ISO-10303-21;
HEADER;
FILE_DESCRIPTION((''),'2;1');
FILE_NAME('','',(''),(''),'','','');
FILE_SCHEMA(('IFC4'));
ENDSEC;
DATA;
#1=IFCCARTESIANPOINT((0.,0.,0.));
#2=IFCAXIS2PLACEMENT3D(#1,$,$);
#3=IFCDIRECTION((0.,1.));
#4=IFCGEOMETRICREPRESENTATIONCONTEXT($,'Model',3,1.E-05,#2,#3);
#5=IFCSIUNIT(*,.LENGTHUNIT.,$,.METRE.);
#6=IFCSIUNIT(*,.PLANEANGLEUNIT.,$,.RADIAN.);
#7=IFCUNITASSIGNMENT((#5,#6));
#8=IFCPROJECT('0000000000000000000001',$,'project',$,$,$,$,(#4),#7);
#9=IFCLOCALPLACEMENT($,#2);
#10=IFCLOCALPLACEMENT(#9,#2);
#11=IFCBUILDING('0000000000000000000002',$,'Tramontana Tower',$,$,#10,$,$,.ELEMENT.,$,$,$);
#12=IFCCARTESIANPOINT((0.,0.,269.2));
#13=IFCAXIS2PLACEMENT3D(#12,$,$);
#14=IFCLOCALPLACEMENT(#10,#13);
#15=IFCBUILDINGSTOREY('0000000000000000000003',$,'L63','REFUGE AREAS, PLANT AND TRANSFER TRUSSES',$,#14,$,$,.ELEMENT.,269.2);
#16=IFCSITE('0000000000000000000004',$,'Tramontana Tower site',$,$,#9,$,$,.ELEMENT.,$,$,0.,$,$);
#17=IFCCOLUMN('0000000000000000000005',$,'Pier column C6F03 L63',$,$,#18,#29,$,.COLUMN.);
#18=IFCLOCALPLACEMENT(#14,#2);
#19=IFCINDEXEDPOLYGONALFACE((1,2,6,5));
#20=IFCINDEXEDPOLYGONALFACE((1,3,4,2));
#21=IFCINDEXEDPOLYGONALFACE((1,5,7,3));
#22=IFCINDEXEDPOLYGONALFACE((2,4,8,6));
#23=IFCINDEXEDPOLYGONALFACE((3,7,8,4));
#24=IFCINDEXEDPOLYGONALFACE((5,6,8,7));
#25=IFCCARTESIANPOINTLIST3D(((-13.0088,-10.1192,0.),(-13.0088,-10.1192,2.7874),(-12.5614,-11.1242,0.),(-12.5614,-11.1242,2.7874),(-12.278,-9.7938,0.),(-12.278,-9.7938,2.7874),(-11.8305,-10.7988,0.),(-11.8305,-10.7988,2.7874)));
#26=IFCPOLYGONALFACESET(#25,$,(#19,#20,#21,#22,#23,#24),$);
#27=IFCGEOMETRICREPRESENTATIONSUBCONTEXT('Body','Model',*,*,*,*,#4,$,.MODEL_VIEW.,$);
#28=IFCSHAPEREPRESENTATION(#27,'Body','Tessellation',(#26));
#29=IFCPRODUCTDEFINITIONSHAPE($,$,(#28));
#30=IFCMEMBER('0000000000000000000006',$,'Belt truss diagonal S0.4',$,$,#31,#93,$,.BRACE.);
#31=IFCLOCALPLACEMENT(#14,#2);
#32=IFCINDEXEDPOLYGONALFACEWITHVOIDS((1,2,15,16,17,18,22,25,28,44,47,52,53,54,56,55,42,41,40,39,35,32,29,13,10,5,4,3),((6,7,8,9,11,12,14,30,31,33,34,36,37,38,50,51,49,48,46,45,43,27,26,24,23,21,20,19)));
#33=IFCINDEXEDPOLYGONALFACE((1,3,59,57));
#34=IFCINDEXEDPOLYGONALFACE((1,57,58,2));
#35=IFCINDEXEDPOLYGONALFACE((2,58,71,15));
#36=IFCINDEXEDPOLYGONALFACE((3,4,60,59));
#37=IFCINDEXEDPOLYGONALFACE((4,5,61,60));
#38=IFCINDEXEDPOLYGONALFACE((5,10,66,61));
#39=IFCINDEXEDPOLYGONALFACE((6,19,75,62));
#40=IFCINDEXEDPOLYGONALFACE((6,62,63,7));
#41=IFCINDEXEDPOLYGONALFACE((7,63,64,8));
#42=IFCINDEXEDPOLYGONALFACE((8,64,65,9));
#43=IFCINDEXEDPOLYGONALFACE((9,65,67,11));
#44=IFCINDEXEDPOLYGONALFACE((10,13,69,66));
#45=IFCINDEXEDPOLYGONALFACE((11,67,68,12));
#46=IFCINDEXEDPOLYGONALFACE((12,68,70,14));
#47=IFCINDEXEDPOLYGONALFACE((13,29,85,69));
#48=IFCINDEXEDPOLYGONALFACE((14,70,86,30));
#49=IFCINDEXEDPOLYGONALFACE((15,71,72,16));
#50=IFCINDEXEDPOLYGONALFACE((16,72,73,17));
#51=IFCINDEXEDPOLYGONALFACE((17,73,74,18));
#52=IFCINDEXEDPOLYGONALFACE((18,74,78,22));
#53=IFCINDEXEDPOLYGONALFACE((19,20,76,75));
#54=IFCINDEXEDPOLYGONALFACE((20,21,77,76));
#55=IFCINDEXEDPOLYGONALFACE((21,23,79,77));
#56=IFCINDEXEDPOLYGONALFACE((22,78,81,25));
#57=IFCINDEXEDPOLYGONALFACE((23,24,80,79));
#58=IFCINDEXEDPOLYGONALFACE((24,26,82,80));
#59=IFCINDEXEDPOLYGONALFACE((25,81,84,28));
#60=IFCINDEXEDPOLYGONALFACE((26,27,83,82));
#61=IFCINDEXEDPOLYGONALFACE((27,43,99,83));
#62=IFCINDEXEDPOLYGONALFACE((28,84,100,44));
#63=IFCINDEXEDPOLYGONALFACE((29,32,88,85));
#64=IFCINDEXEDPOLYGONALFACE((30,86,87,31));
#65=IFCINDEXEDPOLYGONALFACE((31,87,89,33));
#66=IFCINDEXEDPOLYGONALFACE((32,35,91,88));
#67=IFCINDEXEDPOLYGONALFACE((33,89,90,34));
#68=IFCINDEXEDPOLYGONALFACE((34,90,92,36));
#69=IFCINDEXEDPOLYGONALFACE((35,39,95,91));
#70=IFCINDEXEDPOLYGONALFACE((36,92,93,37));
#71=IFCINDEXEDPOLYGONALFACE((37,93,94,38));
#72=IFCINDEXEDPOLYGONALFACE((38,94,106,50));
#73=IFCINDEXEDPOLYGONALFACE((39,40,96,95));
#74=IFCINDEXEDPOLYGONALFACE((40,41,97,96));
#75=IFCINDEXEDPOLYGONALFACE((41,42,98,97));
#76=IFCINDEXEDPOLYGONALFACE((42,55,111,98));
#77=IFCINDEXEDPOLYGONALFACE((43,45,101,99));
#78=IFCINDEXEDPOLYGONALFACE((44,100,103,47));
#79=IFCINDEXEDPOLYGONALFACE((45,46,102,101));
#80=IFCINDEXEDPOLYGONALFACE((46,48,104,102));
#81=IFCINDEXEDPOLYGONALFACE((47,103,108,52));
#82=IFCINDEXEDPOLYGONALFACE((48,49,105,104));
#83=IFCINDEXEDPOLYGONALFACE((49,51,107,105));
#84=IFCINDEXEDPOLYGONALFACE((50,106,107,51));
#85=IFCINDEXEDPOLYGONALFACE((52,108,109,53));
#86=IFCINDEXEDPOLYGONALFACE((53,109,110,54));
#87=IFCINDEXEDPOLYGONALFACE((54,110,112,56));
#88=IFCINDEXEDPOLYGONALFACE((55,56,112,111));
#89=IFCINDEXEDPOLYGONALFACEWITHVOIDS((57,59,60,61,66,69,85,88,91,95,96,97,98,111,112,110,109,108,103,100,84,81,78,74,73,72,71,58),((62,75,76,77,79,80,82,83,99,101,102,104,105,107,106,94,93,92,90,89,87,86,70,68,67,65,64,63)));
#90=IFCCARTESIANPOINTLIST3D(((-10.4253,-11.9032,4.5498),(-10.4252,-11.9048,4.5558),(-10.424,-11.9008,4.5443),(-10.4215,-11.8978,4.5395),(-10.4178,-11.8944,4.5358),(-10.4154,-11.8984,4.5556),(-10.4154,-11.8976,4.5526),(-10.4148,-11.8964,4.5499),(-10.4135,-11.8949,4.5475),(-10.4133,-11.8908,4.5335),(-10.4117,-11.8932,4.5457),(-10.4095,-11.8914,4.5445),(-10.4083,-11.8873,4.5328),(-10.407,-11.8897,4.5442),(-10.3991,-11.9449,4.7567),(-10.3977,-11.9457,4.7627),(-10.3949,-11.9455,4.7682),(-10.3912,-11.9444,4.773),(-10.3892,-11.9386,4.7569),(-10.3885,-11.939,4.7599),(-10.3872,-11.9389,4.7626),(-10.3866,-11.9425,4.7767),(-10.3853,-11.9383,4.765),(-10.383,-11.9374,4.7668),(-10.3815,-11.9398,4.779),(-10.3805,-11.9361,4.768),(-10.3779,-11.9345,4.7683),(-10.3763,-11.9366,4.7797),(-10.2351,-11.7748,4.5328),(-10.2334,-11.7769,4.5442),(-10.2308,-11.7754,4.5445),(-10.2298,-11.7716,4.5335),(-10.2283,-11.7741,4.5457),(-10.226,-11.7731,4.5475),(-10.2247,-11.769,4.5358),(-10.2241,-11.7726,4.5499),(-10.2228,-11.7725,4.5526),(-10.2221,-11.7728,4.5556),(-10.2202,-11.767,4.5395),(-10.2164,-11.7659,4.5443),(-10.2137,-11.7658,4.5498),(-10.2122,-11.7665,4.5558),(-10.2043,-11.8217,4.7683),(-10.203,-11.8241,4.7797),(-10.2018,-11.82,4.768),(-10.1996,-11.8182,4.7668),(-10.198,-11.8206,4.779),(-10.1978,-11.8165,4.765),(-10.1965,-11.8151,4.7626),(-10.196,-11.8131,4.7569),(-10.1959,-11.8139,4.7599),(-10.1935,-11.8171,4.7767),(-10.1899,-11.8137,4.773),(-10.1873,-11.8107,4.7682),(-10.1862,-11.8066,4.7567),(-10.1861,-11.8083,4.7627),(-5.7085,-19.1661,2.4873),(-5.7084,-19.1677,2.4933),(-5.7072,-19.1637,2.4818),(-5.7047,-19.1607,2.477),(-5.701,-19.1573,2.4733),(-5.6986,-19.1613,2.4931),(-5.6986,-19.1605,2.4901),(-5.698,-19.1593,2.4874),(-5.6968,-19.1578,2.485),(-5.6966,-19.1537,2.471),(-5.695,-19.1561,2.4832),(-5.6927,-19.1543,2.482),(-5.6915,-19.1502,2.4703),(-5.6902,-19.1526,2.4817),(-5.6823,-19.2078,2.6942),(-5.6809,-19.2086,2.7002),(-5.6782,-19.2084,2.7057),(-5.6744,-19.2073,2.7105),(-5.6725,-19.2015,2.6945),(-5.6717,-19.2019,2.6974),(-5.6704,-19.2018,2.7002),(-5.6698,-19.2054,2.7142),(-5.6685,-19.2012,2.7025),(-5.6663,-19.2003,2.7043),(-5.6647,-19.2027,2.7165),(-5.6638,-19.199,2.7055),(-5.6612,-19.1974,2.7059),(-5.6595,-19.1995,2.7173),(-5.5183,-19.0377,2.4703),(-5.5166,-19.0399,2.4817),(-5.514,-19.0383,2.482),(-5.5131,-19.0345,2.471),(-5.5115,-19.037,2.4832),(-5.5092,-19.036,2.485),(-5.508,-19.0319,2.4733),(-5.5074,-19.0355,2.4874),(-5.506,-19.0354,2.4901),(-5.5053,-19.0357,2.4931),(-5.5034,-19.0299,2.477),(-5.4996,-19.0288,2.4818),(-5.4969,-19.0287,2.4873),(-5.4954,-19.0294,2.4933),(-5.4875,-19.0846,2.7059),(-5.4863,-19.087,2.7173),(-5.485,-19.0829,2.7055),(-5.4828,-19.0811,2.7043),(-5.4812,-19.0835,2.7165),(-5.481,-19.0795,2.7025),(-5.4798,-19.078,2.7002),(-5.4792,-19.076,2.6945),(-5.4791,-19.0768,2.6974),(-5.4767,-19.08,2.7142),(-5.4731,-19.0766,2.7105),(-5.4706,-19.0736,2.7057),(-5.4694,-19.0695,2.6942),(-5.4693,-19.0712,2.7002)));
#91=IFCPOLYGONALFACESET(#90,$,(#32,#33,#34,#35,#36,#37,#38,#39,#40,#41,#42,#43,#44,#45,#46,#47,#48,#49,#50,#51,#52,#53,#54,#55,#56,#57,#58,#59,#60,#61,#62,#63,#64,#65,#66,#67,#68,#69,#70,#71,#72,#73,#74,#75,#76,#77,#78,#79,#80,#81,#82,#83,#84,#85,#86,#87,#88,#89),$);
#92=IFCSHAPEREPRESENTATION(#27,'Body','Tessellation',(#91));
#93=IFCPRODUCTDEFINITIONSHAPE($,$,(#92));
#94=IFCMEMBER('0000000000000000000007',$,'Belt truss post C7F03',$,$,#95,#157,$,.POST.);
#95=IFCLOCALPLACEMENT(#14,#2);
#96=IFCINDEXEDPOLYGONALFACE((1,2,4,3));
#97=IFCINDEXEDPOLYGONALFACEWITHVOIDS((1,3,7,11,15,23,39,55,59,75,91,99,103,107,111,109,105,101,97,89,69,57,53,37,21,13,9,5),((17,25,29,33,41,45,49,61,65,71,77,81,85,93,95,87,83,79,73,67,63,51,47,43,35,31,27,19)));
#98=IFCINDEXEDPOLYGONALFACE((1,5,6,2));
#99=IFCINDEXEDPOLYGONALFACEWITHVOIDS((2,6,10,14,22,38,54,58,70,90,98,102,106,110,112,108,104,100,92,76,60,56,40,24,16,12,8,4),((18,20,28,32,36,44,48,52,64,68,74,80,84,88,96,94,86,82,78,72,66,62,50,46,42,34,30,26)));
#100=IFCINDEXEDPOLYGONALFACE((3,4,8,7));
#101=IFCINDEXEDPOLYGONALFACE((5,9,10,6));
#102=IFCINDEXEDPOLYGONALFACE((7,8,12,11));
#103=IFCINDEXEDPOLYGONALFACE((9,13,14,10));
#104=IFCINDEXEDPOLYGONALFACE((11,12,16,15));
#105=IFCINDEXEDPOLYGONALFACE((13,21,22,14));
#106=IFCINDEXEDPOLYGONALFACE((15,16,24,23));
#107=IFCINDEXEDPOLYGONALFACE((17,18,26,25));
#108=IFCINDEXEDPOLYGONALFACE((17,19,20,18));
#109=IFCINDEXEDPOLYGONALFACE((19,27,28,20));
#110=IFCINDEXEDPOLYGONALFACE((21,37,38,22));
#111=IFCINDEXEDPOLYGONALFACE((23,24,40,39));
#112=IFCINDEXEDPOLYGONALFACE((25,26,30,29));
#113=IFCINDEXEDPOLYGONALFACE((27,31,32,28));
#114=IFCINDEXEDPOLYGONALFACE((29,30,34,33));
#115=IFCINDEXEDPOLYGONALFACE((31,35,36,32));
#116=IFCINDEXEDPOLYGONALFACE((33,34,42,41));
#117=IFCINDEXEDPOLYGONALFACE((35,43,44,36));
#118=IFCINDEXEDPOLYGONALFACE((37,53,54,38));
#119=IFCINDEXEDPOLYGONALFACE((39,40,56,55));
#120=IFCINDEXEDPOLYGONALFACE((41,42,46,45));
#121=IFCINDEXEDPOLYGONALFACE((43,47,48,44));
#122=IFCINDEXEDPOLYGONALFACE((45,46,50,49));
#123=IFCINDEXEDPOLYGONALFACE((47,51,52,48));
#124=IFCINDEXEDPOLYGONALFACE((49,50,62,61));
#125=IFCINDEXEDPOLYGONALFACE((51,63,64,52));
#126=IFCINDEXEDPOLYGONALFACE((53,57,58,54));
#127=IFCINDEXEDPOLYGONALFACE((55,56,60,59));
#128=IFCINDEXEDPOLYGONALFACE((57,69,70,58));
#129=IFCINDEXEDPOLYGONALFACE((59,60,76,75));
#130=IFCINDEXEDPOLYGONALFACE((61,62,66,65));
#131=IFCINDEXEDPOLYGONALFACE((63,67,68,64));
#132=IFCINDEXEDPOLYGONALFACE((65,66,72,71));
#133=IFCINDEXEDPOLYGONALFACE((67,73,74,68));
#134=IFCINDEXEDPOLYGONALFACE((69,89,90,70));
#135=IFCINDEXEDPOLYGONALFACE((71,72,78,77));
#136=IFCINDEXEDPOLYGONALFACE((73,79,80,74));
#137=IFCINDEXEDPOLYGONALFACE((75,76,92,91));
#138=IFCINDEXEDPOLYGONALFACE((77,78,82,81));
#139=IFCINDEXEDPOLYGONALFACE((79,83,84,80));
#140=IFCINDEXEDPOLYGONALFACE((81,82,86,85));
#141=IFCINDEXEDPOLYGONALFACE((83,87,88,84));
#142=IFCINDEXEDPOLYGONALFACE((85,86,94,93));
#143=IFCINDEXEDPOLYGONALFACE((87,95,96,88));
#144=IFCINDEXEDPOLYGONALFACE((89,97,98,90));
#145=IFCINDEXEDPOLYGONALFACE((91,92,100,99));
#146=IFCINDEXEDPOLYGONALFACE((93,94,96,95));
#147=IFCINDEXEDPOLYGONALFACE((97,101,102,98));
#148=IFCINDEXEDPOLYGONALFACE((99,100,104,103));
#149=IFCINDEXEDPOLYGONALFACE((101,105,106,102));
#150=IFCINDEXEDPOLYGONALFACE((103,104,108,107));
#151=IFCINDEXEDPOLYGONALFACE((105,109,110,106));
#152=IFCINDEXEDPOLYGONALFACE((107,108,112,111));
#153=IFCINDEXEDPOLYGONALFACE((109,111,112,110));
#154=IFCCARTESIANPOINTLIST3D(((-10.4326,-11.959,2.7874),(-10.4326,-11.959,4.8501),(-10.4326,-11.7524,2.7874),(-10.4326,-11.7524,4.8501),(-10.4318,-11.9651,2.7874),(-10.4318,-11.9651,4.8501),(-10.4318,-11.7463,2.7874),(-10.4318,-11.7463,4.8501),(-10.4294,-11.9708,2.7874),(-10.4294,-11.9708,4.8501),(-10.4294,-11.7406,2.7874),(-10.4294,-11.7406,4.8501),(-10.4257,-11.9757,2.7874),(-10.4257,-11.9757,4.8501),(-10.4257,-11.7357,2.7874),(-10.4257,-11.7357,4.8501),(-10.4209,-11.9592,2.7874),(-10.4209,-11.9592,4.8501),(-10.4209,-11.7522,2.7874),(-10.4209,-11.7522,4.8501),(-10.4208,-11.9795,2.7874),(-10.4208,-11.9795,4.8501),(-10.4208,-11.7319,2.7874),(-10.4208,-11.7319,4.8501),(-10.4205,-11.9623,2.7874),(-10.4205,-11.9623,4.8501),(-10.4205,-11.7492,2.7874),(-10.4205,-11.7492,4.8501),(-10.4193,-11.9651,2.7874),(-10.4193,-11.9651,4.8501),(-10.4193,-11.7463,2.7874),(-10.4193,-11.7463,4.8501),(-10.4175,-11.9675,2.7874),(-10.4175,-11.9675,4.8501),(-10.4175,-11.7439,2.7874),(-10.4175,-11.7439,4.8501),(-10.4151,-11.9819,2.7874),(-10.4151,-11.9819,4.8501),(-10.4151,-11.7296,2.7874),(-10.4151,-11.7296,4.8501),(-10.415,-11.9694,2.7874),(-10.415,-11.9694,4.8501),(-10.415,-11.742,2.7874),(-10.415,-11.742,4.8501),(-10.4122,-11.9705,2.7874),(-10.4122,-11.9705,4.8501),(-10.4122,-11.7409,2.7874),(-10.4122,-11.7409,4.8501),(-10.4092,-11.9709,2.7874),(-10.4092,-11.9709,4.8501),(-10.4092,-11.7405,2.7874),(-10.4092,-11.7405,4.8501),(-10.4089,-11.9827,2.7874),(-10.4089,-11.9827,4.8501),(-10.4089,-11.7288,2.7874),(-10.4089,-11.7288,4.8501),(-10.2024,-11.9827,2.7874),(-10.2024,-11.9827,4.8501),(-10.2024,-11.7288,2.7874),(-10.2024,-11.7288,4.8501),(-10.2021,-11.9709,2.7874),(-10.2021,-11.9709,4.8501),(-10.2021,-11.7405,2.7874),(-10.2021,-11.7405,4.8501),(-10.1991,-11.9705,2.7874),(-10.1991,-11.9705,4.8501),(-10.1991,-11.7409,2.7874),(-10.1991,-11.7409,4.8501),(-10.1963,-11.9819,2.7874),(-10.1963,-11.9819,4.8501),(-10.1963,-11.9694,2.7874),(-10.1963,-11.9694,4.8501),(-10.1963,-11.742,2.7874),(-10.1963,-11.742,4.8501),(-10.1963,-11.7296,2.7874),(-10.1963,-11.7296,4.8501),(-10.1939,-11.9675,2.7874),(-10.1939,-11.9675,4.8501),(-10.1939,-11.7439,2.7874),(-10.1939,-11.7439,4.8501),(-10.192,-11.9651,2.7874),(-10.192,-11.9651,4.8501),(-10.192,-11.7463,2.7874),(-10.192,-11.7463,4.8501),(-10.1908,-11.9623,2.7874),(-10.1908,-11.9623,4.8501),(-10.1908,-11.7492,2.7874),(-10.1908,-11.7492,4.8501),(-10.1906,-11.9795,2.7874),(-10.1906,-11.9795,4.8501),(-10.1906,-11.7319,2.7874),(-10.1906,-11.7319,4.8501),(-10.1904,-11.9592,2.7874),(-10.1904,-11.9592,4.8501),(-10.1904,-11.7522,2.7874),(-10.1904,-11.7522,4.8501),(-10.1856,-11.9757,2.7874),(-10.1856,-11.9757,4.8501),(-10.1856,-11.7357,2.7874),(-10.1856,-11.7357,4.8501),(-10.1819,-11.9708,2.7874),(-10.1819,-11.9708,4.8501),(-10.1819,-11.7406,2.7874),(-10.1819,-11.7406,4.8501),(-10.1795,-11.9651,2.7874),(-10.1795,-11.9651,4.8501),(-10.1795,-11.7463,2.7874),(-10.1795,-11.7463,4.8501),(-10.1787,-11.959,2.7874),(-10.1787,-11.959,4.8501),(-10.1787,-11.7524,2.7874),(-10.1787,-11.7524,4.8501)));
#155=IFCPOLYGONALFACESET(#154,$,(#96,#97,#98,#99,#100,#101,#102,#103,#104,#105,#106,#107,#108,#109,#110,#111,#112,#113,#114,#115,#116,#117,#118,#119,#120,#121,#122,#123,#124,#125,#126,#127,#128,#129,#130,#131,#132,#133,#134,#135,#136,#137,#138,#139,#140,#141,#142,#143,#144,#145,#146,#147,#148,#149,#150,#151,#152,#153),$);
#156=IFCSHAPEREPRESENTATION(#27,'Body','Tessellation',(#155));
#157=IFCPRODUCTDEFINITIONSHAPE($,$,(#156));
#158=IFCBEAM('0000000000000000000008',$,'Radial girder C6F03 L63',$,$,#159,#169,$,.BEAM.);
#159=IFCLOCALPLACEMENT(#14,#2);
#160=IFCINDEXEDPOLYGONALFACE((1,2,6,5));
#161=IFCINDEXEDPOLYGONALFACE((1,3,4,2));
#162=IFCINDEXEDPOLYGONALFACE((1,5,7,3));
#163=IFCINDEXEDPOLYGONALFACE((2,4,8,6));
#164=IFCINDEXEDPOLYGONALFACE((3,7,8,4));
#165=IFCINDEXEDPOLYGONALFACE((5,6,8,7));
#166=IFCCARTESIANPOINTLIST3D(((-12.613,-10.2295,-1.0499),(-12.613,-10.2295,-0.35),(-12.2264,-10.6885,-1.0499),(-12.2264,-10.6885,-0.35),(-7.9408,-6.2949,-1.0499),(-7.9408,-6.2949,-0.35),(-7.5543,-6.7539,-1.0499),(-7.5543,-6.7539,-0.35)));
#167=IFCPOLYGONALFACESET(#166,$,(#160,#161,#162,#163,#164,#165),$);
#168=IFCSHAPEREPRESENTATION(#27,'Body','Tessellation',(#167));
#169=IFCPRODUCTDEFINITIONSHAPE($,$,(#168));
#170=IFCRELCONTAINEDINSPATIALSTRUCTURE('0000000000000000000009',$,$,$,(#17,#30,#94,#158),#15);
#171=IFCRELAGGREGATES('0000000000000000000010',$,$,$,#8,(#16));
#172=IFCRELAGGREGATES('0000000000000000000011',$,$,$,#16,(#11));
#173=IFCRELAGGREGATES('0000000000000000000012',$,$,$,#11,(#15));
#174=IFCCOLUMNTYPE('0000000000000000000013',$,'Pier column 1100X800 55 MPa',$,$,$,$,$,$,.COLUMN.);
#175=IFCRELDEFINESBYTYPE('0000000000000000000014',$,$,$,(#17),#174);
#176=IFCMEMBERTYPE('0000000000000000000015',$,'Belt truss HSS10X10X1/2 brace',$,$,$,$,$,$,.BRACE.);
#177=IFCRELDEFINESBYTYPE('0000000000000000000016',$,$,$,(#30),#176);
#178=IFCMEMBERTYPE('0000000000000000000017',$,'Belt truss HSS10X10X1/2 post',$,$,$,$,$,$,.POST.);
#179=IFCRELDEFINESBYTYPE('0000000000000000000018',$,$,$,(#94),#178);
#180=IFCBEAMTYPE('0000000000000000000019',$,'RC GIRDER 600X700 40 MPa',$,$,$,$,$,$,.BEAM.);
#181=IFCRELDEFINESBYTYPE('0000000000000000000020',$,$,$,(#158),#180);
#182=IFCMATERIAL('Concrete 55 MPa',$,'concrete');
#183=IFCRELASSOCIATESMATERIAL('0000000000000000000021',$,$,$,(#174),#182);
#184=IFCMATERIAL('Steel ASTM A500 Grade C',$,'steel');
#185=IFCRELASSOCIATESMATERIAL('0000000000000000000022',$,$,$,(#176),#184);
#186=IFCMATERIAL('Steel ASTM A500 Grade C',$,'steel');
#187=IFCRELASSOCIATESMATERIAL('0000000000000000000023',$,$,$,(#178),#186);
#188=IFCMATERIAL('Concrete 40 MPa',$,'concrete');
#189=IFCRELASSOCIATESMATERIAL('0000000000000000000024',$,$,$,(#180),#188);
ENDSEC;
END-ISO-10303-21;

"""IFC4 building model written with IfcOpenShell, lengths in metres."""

from ifc_helpers import new_model, si_unit, direction, frame, origin, origin_2d, place, context, subcontext, project, spatial, rectangle, hollow_rectangle, extrude, material, material_profile, profile_set, type_object, element, save


model = new_model("IFC4")

# Units and contexts
model_context = context("Model", 3, precision=1e-05, world=origin(), true_north=direction((0.0, 1.0)))
body_context = subcontext(model_context, "Body", "Model", "MODEL_VIEW")
ifc_project = project(units=[si_unit("LENGTHUNIT", "METRE"), si_unit("PLANEANGLEUNIT", "RADIAN")], contexts=[model_context])

# Site, building, storey
site_placement = place(None, origin())
site = spatial("IfcSite", under=ifc_project, at=site_placement, Name="Tramontana Tower site", CompositionType="ELEMENT", RefElevation=0.0)
building_placement = place(site_placement, origin())
building = spatial("IfcBuilding", under=site, at=building_placement, Name="Tramontana Tower", CompositionType="ELEMENT")
storey_placement = place(building_placement, frame((0.0, 0.0, 269.2)))
storey = spatial("IfcBuildingStorey", under=building, at=storey_placement, Name="L63", Description="REFUGE AREAS, PLANT AND TRANSFER TRUSSES", CompositionType="ELEMENT", Elevation=269.2)

# Column
ifc_material_1 = material(Name="Concrete 55 MPa", Category="concrete")
ifc_material_profile_1 = material_profile(ifc_material_1, rectangle(XDim=1.1001, YDim=0.8, at=origin_2d()), Name="Pier column 1100X800 55 MPa")
ifc_profile_set_1 = profile_set([ifc_material_profile_1], Name="Concrete 55 MPa")
column_type = type_object("IfcColumnType", Name="Pier column 1100X800 55 MPa", PredefinedType="COLUMN", material=ifc_profile_set_1)
column_placement = place(storey_placement, frame((-12.4197, -10.459, 0.0), z_axis=(0.0, 0.0, 1.0), x_axis=(0.406737, -0.913545, 0.0)))
element("IfcColumn", 1, at=column_placement, inside=storey, type_object=column_type, Name="Pier column C6F03 L63", PredefinedType="COLUMN", context=body_context, shape_type="SweptSolid", body=[
    extrude(rectangle(XDim=1.1001, YDim=0.8, at=origin_2d()), origin(), (0.0, 0.0, 1.0), 2.7874),
])

# Members
ifc_material_2 = material(Name="Steel ASTM A500 Grade C", Category="steel")
ifc_material_profile_2 = material_profile(ifc_material_2, hollow_rectangle(XDim=0.2539, YDim=0.2539, WallThickness=0.0117, InnerFilletRadius=0.0117, OuterFilletRadius=0.0237, at=origin_2d()), Name="HSS10X10X1/2")
ifc_profile_set_2 = profile_set([ifc_material_profile_2], Name="Steel ASTM A500 Grade C")
member_type_1 = type_object("IfcMemberType", Name="Belt truss HSS10X10X1/2 brace", PredefinedType="BRACE", material=ifc_profile_set_2)
member_1_placement = place(storey_placement, frame((-10.3057, -11.8557, 4.6562), z_axis=(0.529835, -0.815842, -0.23168), x_axis=(0.838661, 0.544654, 0.0)))
element("IfcMember", 2, at=member_1_placement, inside=storey, type_object=member_type_1, Name="Belt truss diagonal S0.4", PredefinedType="BRACE", context=body_context, shape_type="SweptSolid", body=[
    extrude(hollow_rectangle(XDim=0.2539, YDim=0.2539, WallThickness=0.0117, InnerFilletRadius=0.0117, OuterFilletRadius=0.0237, at=origin_2d()), origin(), (0.0, 0.0, 1.0), 8.9023),
])
ifc_material_3 = material(Name="Steel ASTM A500 Grade C", Category="steel")
ifc_material_profile_3 = material_profile(ifc_material_3, hollow_rectangle(XDim=0.2539, YDim=0.2539, WallThickness=0.0117, InnerFilletRadius=0.0117, OuterFilletRadius=0.0237, at=origin_2d()), Name="HSS10X10X1/2")
ifc_profile_set_3 = profile_set([ifc_material_profile_3], Name="Steel ASTM A500 Grade C")
member_type_2 = type_object("IfcMemberType", Name="Belt truss HSS10X10X1/2 post", PredefinedType="POST", material=ifc_profile_set_3)
member_2_placement = place(storey_placement, frame((-10.3057, -11.8557, 2.7874), z_axis=(0.0, 0.0, 1.0), x_axis=(1.0, 0.0, 0.0)))
element("IfcMember", 3, at=member_2_placement, inside=storey, type_object=member_type_2, Name="Belt truss post C7F03", PredefinedType="POST", context=body_context, shape_type="SweptSolid", body=[
    extrude(hollow_rectangle(XDim=0.2539, YDim=0.2539, WallThickness=0.0117, InnerFilletRadius=0.0117, OuterFilletRadius=0.0237, at=origin_2d()), origin(), (0.0, 0.0, 1.0), 2.0627),
])

# Beam
ifc_material_4 = material(Name="Concrete 40 MPa", Category="concrete")
ifc_material_profile_4 = material_profile(ifc_material_4, rectangle(XDim=0.6001, YDim=0.7, at=origin_2d()), Name="RC GIRDER 600X700 40 MPa")
ifc_profile_set_4 = profile_set([ifc_material_profile_4], Name="Concrete 40 MPa")
beam_type = type_object("IfcBeamType", Name="RC GIRDER 600X700 40 MPa", PredefinedType="BEAM", material=ifc_profile_set_4)
beam_placement = place(storey_placement, frame((-12.4197, -10.459, -0.7), z_axis=(0.764899, 0.644151, 0.0), x_axis=(-0.644151, 0.764899, 0.0)))
element("IfcBeam", 4, at=beam_placement, inside=storey, type_object=beam_type, Name="Radial girder C6F03 L63", PredefinedType="BEAM", context=body_context, shape_type="SweptSolid", body=[
    extrude(rectangle(XDim=0.6001, YDim=0.7, at=origin_2d()), origin(), (0.0, 0.0, 1.0), 6.1082),
])

save(model, "model.ifc")
